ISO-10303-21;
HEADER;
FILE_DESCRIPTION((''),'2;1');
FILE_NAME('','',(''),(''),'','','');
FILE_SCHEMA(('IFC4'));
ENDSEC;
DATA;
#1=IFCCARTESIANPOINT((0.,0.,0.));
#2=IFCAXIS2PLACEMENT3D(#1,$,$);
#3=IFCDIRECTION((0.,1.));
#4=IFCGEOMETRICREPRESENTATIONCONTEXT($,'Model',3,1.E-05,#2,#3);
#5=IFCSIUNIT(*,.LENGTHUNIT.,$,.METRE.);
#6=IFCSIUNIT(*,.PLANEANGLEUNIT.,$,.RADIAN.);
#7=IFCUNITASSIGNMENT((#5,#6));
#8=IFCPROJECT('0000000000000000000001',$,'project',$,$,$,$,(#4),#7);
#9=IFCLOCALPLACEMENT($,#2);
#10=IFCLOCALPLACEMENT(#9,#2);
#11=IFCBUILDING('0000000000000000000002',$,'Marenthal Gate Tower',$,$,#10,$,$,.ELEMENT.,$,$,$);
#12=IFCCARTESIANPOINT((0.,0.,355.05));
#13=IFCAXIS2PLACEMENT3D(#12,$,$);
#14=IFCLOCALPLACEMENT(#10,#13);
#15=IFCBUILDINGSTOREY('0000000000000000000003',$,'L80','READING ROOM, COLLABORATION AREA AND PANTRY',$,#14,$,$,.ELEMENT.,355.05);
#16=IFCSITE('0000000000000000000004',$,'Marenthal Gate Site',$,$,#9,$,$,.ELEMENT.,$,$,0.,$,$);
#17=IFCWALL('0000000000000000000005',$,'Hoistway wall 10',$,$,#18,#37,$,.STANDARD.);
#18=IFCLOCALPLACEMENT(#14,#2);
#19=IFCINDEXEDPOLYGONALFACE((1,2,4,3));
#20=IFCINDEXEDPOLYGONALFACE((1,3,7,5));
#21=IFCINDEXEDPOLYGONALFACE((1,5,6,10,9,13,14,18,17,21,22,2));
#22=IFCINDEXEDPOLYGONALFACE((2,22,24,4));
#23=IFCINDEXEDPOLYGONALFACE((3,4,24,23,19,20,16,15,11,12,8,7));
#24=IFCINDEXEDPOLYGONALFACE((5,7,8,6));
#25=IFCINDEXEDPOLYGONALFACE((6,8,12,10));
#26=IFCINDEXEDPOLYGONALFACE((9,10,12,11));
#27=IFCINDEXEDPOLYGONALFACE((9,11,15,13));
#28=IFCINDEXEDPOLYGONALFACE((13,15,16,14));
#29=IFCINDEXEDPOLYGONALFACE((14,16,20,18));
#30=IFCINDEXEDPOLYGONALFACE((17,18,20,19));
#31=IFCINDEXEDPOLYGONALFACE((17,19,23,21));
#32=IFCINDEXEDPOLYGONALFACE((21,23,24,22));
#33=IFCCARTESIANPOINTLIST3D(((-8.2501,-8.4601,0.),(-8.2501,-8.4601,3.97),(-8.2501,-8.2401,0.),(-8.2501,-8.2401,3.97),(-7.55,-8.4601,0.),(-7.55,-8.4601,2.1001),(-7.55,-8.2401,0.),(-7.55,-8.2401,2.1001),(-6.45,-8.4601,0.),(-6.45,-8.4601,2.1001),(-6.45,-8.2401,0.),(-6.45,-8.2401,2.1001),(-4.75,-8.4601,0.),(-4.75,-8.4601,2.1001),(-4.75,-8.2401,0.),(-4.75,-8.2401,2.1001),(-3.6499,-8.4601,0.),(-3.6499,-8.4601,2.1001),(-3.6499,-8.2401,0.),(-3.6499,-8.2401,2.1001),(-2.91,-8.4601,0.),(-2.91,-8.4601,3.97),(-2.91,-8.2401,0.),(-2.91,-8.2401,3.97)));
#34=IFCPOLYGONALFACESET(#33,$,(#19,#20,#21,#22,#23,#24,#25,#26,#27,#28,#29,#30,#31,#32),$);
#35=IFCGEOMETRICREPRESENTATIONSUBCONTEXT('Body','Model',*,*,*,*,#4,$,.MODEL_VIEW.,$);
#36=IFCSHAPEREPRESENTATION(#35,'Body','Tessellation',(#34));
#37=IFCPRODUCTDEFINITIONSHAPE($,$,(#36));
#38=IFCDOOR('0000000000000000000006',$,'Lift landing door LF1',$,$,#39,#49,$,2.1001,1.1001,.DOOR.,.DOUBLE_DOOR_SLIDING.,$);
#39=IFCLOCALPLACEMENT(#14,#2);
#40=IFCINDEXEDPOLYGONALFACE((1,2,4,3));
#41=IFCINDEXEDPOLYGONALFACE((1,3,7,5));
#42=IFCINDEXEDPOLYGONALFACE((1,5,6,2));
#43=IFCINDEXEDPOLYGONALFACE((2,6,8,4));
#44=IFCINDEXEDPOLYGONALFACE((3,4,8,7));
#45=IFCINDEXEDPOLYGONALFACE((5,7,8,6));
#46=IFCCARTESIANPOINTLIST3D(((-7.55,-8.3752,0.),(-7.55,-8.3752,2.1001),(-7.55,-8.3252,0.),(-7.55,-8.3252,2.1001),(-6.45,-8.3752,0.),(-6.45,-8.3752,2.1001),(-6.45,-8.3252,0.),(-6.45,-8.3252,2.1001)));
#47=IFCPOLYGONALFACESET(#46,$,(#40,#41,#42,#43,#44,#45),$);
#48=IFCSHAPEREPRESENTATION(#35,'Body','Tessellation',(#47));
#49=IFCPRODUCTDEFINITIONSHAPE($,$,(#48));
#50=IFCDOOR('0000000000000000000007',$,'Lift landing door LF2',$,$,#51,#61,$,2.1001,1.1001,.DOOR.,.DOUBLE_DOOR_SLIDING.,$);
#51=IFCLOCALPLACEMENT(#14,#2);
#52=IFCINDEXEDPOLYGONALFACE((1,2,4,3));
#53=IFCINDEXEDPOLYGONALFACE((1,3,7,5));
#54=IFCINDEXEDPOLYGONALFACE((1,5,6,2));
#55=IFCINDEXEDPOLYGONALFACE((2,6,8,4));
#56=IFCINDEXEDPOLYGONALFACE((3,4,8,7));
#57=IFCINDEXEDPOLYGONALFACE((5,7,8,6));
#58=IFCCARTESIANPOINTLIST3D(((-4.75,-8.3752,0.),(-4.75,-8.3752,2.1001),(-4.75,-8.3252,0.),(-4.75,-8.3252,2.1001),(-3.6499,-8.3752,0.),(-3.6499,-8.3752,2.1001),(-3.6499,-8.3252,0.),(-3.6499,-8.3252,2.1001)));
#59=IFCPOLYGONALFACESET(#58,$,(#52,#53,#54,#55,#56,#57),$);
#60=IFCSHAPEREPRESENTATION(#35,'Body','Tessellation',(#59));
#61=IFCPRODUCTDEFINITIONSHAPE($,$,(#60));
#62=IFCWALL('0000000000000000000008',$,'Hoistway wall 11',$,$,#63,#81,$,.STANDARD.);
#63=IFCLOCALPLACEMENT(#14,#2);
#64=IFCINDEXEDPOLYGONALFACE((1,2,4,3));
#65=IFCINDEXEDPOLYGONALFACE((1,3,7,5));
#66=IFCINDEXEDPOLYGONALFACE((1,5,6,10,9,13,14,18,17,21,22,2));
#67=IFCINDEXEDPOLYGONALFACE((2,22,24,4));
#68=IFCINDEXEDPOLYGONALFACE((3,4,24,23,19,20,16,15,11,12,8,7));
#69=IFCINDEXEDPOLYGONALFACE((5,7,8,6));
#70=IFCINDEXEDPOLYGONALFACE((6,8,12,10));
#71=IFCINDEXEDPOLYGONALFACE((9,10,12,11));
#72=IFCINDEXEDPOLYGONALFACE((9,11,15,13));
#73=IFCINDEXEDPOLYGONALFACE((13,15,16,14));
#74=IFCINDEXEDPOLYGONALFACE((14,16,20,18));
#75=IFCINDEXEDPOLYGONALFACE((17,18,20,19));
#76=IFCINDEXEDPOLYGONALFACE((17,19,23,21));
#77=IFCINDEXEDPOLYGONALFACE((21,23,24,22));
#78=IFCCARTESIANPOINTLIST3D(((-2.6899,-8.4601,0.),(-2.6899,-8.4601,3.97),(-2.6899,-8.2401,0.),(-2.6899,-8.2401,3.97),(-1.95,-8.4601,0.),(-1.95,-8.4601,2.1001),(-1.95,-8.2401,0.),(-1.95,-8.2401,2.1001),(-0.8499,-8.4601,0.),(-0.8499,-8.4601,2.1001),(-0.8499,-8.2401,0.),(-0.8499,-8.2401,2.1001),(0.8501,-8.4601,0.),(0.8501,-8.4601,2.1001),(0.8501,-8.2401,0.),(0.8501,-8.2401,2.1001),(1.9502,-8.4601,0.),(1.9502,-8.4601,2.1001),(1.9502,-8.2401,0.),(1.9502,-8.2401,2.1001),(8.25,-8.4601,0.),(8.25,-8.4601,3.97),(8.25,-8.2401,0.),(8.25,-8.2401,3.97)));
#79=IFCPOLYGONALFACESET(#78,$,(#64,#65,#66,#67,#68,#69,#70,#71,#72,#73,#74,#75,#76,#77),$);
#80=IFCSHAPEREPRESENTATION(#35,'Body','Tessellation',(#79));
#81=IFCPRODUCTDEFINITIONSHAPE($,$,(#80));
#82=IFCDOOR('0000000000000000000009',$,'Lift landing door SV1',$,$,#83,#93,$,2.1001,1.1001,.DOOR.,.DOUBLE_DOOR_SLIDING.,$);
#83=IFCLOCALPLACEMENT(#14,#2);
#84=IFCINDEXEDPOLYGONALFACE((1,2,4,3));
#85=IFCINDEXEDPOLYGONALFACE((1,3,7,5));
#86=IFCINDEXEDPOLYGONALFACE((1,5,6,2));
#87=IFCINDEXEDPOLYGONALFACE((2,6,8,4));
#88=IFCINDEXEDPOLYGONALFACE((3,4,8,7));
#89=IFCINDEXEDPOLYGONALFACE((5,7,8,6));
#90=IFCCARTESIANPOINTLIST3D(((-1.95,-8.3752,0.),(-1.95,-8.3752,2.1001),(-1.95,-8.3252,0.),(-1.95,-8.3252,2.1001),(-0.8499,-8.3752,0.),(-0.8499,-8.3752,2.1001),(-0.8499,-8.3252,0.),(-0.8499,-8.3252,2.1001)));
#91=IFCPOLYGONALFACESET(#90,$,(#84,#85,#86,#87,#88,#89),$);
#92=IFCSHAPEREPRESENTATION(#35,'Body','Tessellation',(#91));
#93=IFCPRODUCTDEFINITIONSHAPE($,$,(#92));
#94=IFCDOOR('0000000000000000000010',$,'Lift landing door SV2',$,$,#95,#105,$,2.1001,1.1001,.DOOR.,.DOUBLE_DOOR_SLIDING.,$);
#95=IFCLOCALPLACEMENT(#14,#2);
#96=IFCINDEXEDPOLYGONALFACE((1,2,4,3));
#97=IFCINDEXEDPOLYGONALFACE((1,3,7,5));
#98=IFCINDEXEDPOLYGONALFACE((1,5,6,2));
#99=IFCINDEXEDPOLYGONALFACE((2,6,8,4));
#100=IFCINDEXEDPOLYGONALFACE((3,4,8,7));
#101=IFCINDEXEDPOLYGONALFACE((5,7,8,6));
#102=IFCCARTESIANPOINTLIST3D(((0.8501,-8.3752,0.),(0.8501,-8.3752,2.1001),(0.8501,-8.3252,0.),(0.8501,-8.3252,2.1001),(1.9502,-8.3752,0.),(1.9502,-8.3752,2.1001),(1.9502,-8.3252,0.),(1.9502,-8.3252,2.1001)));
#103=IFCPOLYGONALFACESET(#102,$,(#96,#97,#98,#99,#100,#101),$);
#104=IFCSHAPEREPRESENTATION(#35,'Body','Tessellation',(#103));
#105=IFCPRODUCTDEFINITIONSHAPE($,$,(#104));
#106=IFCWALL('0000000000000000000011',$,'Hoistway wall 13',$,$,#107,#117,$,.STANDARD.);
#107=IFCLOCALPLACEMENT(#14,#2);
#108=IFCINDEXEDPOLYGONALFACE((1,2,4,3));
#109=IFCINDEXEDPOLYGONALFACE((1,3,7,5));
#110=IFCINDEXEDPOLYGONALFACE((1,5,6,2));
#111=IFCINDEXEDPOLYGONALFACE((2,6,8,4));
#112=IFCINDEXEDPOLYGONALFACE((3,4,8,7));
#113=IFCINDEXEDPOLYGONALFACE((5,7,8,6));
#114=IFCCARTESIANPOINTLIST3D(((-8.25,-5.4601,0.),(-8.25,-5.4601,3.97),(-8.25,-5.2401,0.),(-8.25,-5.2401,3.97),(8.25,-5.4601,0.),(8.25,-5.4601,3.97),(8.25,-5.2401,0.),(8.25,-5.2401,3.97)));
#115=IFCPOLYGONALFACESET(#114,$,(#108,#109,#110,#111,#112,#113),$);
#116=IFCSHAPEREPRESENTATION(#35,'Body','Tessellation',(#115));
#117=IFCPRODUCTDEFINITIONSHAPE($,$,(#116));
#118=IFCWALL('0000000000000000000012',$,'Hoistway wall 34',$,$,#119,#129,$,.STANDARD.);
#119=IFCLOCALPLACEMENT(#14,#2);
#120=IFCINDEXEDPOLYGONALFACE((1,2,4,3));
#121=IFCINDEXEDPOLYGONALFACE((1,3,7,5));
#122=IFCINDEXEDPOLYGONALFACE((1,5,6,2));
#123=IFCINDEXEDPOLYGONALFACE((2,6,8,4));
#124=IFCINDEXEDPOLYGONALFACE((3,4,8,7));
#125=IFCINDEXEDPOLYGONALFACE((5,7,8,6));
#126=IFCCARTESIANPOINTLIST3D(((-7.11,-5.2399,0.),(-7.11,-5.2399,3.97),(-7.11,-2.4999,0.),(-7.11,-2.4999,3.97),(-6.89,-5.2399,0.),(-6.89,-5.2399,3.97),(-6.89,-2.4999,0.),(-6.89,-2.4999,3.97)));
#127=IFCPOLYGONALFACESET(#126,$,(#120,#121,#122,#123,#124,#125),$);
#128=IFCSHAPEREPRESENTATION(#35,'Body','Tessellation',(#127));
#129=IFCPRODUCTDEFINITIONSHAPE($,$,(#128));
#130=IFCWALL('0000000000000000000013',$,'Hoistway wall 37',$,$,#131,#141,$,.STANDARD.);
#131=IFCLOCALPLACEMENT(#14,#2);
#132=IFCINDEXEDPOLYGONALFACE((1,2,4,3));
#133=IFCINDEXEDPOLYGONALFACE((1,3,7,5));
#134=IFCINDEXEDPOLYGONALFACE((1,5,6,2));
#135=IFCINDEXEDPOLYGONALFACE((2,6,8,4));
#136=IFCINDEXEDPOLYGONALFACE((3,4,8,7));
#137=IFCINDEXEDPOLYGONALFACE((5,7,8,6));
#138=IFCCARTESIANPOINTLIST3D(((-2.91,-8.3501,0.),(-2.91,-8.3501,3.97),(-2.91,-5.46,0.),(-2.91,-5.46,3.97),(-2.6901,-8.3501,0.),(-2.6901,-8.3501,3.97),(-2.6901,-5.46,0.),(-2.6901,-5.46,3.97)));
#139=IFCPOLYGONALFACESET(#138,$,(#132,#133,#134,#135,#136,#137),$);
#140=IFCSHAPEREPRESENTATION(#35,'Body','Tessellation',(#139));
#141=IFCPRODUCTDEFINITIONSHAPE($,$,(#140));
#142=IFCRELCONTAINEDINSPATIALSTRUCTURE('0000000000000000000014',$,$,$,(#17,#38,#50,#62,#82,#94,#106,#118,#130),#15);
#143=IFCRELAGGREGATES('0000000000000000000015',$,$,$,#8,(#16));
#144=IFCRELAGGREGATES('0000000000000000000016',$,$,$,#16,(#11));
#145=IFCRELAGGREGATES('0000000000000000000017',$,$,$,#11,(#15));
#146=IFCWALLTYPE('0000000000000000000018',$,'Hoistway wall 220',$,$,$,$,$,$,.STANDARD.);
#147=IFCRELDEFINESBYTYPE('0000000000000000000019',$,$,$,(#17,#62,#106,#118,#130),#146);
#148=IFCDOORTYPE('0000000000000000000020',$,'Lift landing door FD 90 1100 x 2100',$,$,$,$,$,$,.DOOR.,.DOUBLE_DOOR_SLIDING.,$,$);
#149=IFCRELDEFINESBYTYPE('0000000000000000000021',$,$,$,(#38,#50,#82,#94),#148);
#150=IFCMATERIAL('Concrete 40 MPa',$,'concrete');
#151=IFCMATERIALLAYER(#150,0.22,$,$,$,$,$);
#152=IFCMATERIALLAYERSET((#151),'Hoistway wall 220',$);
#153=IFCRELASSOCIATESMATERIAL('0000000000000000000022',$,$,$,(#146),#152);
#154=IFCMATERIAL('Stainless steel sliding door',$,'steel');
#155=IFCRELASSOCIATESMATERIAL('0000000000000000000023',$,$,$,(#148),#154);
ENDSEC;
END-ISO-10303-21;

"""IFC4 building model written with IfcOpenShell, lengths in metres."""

from ifc_helpers import new_model, si_unit, direction, frame, frame_2d, origin, place, context, subcontext, project, spatial, rectangle, extrude, material, layer, layer_set, type_object, element, fill, save


model = new_model("IFC4")

# Units and contexts
model_context = context("Model", 3, precision=1e-05, world=origin(), true_north=direction((0.0, 1.0)))
body_context = subcontext(model_context, "Body", "Model", "MODEL_VIEW")
ifc_project = project(units=[si_unit("LENGTHUNIT", "METRE"), si_unit("PLANEANGLEUNIT", "RADIAN")], contexts=[model_context])

# Site, building, storey
site_placement = place(None, origin())
site = spatial("IfcSite", under=ifc_project, at=site_placement, Name="Marenthal Gate Site", CompositionType="ELEMENT", RefElevation=0.0)
building_placement = place(site_placement, origin())
building = spatial("IfcBuilding", under=site, at=building_placement, Name="Marenthal Gate Tower", CompositionType="ELEMENT")
storey_placement = place(building_placement, frame((0.0, 0.0, 355.05)))
storey = spatial("IfcBuildingStorey", under=building, at=storey_placement, Name="L80", Description="READING ROOM, COLLABORATION AREA AND PANTRY", CompositionType="ELEMENT", Elevation=355.05)

# Walls, openings, doors
ifc_material_1 = material(Name="Concrete 40 MPa", Category="concrete")
ifc_layer_1 = layer(ifc_material_1, 0.22)
ifc_layer_set_1 = layer_set([ifc_layer_1], Name="Hoistway wall 220")
wall_type_1 = type_object("IfcWallType", Name="Hoistway wall 220", PredefinedType="STANDARD", material=ifc_layer_set_1)
wall_1_placement = place(storey_placement, frame((-8.25, -8.3501, 0.0), z_axis=(0.0, 0.0, 1.0), x_axis=(1.0, 0.0, 0.0)))
wall_1 = element("IfcWall", 1, at=wall_1_placement, inside=storey, type_object=wall_type_1, Name="Hoistway wall 10", PredefinedType="STANDARD", context=body_context, shape_type="SweptSolid", body=[
    extrude(rectangle(XDim=5.3401, YDim=0.22, at=frame_2d((2.6699, 0.0))), origin(), (0.0, 0.0, 1.0), 3.97),
])
opening_1_placement = place(wall_1_placement, frame((0.7, 0.0, 0.0)))
opening_1 = element("IfcOpeningElement", 2, at=opening_1_placement, cuts=wall_1, PredefinedType="OPENING", context=body_context, shape_type="SweptSolid", body=[
    extrude(rectangle(XDim=1.1001, YDim=2.1001, at=frame_2d((0.55, 1.05))), frame((0.0, 0.1201, 0.0), z_axis=(0.0, -1.0, 0.0), x_axis=(1.0, 0.0, 0.0)), (0.0, 0.0, 1.0), 0.24),
])
opening_2_placement = place(wall_1_placement, frame((3.5, 0.0, 0.0)))
opening_2 = element("IfcOpeningElement", 3, at=opening_2_placement, cuts=wall_1, PredefinedType="OPENING", context=body_context, shape_type="SweptSolid", body=[
    extrude(rectangle(XDim=1.1001, YDim=2.1001, at=frame_2d((0.55, 1.05))), frame((0.0, 0.1201, 0.0), z_axis=(0.0, -1.0, 0.0), x_axis=(1.0, 0.0, 0.0)), (0.0, 0.0, 1.0), 0.24),
])
ifc_material_2 = material(Name="Stainless steel sliding door", Category="steel")
door_type = type_object("IfcDoorType", Name="Lift landing door FD 90 1100 x 2100", OperationType="DOUBLE_DOOR_SLIDING", PredefinedType="DOOR", material=ifc_material_2)
door_1_placement = place(opening_1_placement, origin())
door_1 = element("IfcDoor", 4, at=door_1_placement, inside=storey, type_object=door_type, Name="Lift landing door LF1", OperationType="DOUBLE_DOOR_SLIDING", OverallHeight=2.1001, OverallWidth=1.1001, PredefinedType="DOOR", context=body_context, shape_type="SweptSolid", body=[
    extrude(rectangle(XDim=1.1001, YDim=2.1001, at=frame_2d((0.55, 1.05))), frame((0.0, 0.0249, 0.0), z_axis=(0.0, -1.0, 0.0), x_axis=(1.0, 0.0, 0.0)), (0.0, 0.0, 1.0), 0.05),
])
fill(opening_1, door_1)
door_2_placement = place(opening_2_placement, origin())
door_2 = element("IfcDoor", 5, at=door_2_placement, inside=storey, type_object=door_type, Name="Lift landing door LF2", OperationType="DOUBLE_DOOR_SLIDING", OverallHeight=2.1001, OverallWidth=1.1001, PredefinedType="DOOR", context=body_context, shape_type="SweptSolid", body=[
    extrude(rectangle(XDim=1.1001, YDim=2.1001, at=frame_2d((0.55, 1.05))), frame((0.0, 0.0249, 0.0), z_axis=(0.0, -1.0, 0.0), x_axis=(1.0, 0.0, 0.0)), (0.0, 0.0, 1.0), 0.05),
])
fill(opening_2, door_2)
wall_2_placement = place(storey_placement, frame((-2.6899, -8.3501, 0.0), z_axis=(0.0, 0.0, 1.0), x_axis=(1.0, 0.0, 0.0)))
wall_2 = element("IfcWall", 6, at=wall_2_placement, inside=storey, type_object=wall_type_1, Name="Hoistway wall 11", PredefinedType="STANDARD", context=body_context, shape_type="SweptSolid", body=[
    extrude(rectangle(XDim=10.9399, YDim=0.22, at=frame_2d((5.47, 0.0))), origin(), (0.0, 0.0, 1.0), 3.97),
])
opening_3_placement = place(wall_2_placement, frame((0.74, 0.0, 0.0)))
opening_3 = element("IfcOpeningElement", 7, at=opening_3_placement, cuts=wall_2, PredefinedType="OPENING", context=body_context, shape_type="SweptSolid", body=[
    extrude(rectangle(XDim=1.1001, YDim=2.1001, at=frame_2d((0.55, 1.05))), frame((0.0, 0.1201, 0.0), z_axis=(0.0, -1.0, 0.0), x_axis=(1.0, 0.0, 0.0)), (0.0, 0.0, 1.0), 0.24),
])
opening_4_placement = place(wall_2_placement, frame((3.54, 0.0, 0.0)))
opening_4 = element("IfcOpeningElement", 8, at=opening_4_placement, cuts=wall_2, PredefinedType="OPENING", context=body_context, shape_type="SweptSolid", body=[
    extrude(rectangle(XDim=1.1001, YDim=2.1001, at=frame_2d((0.55, 1.05))), frame((0.0, 0.1201, 0.0), z_axis=(0.0, -1.0, 0.0), x_axis=(1.0, 0.0, 0.0)), (0.0, 0.0, 1.0), 0.24),
])
door_3_placement = place(opening_3_placement, origin())
door_3 = element("IfcDoor", 9, at=door_3_placement, inside=storey, type_object=door_type, Name="Lift landing door SV1", OperationType="DOUBLE_DOOR_SLIDING", OverallHeight=2.1001, OverallWidth=1.1001, PredefinedType="DOOR", context=body_context, shape_type="SweptSolid", body=[
    extrude(rectangle(XDim=1.1001, YDim=2.1001, at=frame_2d((0.55, 1.05))), frame((0.0, 0.0249, 0.0), z_axis=(0.0, -1.0, 0.0), x_axis=(1.0, 0.0, 0.0)), (0.0, 0.0, 1.0), 0.05),
])
fill(opening_3, door_3)
door_4_placement = place(opening_4_placement, origin())
door_4 = element("IfcDoor", 10, at=door_4_placement, inside=storey, type_object=door_type, Name="Lift landing door SV2", OperationType="DOUBLE_DOOR_SLIDING", OverallHeight=2.1001, OverallWidth=1.1001, PredefinedType="DOOR", context=body_context, shape_type="SweptSolid", body=[
    extrude(rectangle(XDim=1.1001, YDim=2.1001, at=frame_2d((0.55, 1.05))), frame((0.0, 0.0249, 0.0), z_axis=(0.0, -1.0, 0.0), x_axis=(1.0, 0.0, 0.0)), (0.0, 0.0, 1.0), 0.05),
])
fill(opening_4, door_4)

# Walls
wall_3_placement = place(storey_placement, frame((-8.25, -5.3501, 0.0), z_axis=(0.0, 0.0, 1.0), x_axis=(1.0, 0.0, 0.0)))
element("IfcWall", 11, at=wall_3_placement, inside=storey, type_object=wall_type_1, Name="Hoistway wall 13", PredefinedType="STANDARD", context=body_context, shape_type="SweptSolid", body=[
    extrude(rectangle(XDim=16.5, YDim=0.22, at=frame_2d((8.25, 0.0))), origin(), (0.0, 0.0, 1.0), 3.97),
])
wall_4_placement = place(storey_placement, frame((-7.0, -5.24, 0.0), z_axis=(0.0, 0.0, 1.0), x_axis=(0.0, 1.0, 0.0)))
element("IfcWall", 12, at=wall_4_placement, inside=storey, type_object=wall_type_1, Name="Hoistway wall 34", PredefinedType="STANDARD", context=body_context, shape_type="SweptSolid", body=[
    extrude(rectangle(XDim=2.74, YDim=0.22, at=frame_2d((1.3701, 0.0))), origin(), (0.0, 0.0, 1.0), 3.97),
])
wall_5_placement = place(storey_placement, frame((-2.8, -8.3501, 0.0), z_axis=(0.0, 0.0, 1.0), x_axis=(0.0, 1.0, 0.0)))
element("IfcWall", 13, at=wall_5_placement, inside=storey, type_object=wall_type_1, Name="Hoistway wall 37", PredefinedType="STANDARD", context=body_context, shape_type="SweptSolid", body=[
    extrude(rectangle(XDim=2.8901, YDim=0.22, at=frame_2d((1.4451, 0.0))), origin(), (0.0, 0.0, 1.0), 3.97),
])

save(model, "model.ifc")
